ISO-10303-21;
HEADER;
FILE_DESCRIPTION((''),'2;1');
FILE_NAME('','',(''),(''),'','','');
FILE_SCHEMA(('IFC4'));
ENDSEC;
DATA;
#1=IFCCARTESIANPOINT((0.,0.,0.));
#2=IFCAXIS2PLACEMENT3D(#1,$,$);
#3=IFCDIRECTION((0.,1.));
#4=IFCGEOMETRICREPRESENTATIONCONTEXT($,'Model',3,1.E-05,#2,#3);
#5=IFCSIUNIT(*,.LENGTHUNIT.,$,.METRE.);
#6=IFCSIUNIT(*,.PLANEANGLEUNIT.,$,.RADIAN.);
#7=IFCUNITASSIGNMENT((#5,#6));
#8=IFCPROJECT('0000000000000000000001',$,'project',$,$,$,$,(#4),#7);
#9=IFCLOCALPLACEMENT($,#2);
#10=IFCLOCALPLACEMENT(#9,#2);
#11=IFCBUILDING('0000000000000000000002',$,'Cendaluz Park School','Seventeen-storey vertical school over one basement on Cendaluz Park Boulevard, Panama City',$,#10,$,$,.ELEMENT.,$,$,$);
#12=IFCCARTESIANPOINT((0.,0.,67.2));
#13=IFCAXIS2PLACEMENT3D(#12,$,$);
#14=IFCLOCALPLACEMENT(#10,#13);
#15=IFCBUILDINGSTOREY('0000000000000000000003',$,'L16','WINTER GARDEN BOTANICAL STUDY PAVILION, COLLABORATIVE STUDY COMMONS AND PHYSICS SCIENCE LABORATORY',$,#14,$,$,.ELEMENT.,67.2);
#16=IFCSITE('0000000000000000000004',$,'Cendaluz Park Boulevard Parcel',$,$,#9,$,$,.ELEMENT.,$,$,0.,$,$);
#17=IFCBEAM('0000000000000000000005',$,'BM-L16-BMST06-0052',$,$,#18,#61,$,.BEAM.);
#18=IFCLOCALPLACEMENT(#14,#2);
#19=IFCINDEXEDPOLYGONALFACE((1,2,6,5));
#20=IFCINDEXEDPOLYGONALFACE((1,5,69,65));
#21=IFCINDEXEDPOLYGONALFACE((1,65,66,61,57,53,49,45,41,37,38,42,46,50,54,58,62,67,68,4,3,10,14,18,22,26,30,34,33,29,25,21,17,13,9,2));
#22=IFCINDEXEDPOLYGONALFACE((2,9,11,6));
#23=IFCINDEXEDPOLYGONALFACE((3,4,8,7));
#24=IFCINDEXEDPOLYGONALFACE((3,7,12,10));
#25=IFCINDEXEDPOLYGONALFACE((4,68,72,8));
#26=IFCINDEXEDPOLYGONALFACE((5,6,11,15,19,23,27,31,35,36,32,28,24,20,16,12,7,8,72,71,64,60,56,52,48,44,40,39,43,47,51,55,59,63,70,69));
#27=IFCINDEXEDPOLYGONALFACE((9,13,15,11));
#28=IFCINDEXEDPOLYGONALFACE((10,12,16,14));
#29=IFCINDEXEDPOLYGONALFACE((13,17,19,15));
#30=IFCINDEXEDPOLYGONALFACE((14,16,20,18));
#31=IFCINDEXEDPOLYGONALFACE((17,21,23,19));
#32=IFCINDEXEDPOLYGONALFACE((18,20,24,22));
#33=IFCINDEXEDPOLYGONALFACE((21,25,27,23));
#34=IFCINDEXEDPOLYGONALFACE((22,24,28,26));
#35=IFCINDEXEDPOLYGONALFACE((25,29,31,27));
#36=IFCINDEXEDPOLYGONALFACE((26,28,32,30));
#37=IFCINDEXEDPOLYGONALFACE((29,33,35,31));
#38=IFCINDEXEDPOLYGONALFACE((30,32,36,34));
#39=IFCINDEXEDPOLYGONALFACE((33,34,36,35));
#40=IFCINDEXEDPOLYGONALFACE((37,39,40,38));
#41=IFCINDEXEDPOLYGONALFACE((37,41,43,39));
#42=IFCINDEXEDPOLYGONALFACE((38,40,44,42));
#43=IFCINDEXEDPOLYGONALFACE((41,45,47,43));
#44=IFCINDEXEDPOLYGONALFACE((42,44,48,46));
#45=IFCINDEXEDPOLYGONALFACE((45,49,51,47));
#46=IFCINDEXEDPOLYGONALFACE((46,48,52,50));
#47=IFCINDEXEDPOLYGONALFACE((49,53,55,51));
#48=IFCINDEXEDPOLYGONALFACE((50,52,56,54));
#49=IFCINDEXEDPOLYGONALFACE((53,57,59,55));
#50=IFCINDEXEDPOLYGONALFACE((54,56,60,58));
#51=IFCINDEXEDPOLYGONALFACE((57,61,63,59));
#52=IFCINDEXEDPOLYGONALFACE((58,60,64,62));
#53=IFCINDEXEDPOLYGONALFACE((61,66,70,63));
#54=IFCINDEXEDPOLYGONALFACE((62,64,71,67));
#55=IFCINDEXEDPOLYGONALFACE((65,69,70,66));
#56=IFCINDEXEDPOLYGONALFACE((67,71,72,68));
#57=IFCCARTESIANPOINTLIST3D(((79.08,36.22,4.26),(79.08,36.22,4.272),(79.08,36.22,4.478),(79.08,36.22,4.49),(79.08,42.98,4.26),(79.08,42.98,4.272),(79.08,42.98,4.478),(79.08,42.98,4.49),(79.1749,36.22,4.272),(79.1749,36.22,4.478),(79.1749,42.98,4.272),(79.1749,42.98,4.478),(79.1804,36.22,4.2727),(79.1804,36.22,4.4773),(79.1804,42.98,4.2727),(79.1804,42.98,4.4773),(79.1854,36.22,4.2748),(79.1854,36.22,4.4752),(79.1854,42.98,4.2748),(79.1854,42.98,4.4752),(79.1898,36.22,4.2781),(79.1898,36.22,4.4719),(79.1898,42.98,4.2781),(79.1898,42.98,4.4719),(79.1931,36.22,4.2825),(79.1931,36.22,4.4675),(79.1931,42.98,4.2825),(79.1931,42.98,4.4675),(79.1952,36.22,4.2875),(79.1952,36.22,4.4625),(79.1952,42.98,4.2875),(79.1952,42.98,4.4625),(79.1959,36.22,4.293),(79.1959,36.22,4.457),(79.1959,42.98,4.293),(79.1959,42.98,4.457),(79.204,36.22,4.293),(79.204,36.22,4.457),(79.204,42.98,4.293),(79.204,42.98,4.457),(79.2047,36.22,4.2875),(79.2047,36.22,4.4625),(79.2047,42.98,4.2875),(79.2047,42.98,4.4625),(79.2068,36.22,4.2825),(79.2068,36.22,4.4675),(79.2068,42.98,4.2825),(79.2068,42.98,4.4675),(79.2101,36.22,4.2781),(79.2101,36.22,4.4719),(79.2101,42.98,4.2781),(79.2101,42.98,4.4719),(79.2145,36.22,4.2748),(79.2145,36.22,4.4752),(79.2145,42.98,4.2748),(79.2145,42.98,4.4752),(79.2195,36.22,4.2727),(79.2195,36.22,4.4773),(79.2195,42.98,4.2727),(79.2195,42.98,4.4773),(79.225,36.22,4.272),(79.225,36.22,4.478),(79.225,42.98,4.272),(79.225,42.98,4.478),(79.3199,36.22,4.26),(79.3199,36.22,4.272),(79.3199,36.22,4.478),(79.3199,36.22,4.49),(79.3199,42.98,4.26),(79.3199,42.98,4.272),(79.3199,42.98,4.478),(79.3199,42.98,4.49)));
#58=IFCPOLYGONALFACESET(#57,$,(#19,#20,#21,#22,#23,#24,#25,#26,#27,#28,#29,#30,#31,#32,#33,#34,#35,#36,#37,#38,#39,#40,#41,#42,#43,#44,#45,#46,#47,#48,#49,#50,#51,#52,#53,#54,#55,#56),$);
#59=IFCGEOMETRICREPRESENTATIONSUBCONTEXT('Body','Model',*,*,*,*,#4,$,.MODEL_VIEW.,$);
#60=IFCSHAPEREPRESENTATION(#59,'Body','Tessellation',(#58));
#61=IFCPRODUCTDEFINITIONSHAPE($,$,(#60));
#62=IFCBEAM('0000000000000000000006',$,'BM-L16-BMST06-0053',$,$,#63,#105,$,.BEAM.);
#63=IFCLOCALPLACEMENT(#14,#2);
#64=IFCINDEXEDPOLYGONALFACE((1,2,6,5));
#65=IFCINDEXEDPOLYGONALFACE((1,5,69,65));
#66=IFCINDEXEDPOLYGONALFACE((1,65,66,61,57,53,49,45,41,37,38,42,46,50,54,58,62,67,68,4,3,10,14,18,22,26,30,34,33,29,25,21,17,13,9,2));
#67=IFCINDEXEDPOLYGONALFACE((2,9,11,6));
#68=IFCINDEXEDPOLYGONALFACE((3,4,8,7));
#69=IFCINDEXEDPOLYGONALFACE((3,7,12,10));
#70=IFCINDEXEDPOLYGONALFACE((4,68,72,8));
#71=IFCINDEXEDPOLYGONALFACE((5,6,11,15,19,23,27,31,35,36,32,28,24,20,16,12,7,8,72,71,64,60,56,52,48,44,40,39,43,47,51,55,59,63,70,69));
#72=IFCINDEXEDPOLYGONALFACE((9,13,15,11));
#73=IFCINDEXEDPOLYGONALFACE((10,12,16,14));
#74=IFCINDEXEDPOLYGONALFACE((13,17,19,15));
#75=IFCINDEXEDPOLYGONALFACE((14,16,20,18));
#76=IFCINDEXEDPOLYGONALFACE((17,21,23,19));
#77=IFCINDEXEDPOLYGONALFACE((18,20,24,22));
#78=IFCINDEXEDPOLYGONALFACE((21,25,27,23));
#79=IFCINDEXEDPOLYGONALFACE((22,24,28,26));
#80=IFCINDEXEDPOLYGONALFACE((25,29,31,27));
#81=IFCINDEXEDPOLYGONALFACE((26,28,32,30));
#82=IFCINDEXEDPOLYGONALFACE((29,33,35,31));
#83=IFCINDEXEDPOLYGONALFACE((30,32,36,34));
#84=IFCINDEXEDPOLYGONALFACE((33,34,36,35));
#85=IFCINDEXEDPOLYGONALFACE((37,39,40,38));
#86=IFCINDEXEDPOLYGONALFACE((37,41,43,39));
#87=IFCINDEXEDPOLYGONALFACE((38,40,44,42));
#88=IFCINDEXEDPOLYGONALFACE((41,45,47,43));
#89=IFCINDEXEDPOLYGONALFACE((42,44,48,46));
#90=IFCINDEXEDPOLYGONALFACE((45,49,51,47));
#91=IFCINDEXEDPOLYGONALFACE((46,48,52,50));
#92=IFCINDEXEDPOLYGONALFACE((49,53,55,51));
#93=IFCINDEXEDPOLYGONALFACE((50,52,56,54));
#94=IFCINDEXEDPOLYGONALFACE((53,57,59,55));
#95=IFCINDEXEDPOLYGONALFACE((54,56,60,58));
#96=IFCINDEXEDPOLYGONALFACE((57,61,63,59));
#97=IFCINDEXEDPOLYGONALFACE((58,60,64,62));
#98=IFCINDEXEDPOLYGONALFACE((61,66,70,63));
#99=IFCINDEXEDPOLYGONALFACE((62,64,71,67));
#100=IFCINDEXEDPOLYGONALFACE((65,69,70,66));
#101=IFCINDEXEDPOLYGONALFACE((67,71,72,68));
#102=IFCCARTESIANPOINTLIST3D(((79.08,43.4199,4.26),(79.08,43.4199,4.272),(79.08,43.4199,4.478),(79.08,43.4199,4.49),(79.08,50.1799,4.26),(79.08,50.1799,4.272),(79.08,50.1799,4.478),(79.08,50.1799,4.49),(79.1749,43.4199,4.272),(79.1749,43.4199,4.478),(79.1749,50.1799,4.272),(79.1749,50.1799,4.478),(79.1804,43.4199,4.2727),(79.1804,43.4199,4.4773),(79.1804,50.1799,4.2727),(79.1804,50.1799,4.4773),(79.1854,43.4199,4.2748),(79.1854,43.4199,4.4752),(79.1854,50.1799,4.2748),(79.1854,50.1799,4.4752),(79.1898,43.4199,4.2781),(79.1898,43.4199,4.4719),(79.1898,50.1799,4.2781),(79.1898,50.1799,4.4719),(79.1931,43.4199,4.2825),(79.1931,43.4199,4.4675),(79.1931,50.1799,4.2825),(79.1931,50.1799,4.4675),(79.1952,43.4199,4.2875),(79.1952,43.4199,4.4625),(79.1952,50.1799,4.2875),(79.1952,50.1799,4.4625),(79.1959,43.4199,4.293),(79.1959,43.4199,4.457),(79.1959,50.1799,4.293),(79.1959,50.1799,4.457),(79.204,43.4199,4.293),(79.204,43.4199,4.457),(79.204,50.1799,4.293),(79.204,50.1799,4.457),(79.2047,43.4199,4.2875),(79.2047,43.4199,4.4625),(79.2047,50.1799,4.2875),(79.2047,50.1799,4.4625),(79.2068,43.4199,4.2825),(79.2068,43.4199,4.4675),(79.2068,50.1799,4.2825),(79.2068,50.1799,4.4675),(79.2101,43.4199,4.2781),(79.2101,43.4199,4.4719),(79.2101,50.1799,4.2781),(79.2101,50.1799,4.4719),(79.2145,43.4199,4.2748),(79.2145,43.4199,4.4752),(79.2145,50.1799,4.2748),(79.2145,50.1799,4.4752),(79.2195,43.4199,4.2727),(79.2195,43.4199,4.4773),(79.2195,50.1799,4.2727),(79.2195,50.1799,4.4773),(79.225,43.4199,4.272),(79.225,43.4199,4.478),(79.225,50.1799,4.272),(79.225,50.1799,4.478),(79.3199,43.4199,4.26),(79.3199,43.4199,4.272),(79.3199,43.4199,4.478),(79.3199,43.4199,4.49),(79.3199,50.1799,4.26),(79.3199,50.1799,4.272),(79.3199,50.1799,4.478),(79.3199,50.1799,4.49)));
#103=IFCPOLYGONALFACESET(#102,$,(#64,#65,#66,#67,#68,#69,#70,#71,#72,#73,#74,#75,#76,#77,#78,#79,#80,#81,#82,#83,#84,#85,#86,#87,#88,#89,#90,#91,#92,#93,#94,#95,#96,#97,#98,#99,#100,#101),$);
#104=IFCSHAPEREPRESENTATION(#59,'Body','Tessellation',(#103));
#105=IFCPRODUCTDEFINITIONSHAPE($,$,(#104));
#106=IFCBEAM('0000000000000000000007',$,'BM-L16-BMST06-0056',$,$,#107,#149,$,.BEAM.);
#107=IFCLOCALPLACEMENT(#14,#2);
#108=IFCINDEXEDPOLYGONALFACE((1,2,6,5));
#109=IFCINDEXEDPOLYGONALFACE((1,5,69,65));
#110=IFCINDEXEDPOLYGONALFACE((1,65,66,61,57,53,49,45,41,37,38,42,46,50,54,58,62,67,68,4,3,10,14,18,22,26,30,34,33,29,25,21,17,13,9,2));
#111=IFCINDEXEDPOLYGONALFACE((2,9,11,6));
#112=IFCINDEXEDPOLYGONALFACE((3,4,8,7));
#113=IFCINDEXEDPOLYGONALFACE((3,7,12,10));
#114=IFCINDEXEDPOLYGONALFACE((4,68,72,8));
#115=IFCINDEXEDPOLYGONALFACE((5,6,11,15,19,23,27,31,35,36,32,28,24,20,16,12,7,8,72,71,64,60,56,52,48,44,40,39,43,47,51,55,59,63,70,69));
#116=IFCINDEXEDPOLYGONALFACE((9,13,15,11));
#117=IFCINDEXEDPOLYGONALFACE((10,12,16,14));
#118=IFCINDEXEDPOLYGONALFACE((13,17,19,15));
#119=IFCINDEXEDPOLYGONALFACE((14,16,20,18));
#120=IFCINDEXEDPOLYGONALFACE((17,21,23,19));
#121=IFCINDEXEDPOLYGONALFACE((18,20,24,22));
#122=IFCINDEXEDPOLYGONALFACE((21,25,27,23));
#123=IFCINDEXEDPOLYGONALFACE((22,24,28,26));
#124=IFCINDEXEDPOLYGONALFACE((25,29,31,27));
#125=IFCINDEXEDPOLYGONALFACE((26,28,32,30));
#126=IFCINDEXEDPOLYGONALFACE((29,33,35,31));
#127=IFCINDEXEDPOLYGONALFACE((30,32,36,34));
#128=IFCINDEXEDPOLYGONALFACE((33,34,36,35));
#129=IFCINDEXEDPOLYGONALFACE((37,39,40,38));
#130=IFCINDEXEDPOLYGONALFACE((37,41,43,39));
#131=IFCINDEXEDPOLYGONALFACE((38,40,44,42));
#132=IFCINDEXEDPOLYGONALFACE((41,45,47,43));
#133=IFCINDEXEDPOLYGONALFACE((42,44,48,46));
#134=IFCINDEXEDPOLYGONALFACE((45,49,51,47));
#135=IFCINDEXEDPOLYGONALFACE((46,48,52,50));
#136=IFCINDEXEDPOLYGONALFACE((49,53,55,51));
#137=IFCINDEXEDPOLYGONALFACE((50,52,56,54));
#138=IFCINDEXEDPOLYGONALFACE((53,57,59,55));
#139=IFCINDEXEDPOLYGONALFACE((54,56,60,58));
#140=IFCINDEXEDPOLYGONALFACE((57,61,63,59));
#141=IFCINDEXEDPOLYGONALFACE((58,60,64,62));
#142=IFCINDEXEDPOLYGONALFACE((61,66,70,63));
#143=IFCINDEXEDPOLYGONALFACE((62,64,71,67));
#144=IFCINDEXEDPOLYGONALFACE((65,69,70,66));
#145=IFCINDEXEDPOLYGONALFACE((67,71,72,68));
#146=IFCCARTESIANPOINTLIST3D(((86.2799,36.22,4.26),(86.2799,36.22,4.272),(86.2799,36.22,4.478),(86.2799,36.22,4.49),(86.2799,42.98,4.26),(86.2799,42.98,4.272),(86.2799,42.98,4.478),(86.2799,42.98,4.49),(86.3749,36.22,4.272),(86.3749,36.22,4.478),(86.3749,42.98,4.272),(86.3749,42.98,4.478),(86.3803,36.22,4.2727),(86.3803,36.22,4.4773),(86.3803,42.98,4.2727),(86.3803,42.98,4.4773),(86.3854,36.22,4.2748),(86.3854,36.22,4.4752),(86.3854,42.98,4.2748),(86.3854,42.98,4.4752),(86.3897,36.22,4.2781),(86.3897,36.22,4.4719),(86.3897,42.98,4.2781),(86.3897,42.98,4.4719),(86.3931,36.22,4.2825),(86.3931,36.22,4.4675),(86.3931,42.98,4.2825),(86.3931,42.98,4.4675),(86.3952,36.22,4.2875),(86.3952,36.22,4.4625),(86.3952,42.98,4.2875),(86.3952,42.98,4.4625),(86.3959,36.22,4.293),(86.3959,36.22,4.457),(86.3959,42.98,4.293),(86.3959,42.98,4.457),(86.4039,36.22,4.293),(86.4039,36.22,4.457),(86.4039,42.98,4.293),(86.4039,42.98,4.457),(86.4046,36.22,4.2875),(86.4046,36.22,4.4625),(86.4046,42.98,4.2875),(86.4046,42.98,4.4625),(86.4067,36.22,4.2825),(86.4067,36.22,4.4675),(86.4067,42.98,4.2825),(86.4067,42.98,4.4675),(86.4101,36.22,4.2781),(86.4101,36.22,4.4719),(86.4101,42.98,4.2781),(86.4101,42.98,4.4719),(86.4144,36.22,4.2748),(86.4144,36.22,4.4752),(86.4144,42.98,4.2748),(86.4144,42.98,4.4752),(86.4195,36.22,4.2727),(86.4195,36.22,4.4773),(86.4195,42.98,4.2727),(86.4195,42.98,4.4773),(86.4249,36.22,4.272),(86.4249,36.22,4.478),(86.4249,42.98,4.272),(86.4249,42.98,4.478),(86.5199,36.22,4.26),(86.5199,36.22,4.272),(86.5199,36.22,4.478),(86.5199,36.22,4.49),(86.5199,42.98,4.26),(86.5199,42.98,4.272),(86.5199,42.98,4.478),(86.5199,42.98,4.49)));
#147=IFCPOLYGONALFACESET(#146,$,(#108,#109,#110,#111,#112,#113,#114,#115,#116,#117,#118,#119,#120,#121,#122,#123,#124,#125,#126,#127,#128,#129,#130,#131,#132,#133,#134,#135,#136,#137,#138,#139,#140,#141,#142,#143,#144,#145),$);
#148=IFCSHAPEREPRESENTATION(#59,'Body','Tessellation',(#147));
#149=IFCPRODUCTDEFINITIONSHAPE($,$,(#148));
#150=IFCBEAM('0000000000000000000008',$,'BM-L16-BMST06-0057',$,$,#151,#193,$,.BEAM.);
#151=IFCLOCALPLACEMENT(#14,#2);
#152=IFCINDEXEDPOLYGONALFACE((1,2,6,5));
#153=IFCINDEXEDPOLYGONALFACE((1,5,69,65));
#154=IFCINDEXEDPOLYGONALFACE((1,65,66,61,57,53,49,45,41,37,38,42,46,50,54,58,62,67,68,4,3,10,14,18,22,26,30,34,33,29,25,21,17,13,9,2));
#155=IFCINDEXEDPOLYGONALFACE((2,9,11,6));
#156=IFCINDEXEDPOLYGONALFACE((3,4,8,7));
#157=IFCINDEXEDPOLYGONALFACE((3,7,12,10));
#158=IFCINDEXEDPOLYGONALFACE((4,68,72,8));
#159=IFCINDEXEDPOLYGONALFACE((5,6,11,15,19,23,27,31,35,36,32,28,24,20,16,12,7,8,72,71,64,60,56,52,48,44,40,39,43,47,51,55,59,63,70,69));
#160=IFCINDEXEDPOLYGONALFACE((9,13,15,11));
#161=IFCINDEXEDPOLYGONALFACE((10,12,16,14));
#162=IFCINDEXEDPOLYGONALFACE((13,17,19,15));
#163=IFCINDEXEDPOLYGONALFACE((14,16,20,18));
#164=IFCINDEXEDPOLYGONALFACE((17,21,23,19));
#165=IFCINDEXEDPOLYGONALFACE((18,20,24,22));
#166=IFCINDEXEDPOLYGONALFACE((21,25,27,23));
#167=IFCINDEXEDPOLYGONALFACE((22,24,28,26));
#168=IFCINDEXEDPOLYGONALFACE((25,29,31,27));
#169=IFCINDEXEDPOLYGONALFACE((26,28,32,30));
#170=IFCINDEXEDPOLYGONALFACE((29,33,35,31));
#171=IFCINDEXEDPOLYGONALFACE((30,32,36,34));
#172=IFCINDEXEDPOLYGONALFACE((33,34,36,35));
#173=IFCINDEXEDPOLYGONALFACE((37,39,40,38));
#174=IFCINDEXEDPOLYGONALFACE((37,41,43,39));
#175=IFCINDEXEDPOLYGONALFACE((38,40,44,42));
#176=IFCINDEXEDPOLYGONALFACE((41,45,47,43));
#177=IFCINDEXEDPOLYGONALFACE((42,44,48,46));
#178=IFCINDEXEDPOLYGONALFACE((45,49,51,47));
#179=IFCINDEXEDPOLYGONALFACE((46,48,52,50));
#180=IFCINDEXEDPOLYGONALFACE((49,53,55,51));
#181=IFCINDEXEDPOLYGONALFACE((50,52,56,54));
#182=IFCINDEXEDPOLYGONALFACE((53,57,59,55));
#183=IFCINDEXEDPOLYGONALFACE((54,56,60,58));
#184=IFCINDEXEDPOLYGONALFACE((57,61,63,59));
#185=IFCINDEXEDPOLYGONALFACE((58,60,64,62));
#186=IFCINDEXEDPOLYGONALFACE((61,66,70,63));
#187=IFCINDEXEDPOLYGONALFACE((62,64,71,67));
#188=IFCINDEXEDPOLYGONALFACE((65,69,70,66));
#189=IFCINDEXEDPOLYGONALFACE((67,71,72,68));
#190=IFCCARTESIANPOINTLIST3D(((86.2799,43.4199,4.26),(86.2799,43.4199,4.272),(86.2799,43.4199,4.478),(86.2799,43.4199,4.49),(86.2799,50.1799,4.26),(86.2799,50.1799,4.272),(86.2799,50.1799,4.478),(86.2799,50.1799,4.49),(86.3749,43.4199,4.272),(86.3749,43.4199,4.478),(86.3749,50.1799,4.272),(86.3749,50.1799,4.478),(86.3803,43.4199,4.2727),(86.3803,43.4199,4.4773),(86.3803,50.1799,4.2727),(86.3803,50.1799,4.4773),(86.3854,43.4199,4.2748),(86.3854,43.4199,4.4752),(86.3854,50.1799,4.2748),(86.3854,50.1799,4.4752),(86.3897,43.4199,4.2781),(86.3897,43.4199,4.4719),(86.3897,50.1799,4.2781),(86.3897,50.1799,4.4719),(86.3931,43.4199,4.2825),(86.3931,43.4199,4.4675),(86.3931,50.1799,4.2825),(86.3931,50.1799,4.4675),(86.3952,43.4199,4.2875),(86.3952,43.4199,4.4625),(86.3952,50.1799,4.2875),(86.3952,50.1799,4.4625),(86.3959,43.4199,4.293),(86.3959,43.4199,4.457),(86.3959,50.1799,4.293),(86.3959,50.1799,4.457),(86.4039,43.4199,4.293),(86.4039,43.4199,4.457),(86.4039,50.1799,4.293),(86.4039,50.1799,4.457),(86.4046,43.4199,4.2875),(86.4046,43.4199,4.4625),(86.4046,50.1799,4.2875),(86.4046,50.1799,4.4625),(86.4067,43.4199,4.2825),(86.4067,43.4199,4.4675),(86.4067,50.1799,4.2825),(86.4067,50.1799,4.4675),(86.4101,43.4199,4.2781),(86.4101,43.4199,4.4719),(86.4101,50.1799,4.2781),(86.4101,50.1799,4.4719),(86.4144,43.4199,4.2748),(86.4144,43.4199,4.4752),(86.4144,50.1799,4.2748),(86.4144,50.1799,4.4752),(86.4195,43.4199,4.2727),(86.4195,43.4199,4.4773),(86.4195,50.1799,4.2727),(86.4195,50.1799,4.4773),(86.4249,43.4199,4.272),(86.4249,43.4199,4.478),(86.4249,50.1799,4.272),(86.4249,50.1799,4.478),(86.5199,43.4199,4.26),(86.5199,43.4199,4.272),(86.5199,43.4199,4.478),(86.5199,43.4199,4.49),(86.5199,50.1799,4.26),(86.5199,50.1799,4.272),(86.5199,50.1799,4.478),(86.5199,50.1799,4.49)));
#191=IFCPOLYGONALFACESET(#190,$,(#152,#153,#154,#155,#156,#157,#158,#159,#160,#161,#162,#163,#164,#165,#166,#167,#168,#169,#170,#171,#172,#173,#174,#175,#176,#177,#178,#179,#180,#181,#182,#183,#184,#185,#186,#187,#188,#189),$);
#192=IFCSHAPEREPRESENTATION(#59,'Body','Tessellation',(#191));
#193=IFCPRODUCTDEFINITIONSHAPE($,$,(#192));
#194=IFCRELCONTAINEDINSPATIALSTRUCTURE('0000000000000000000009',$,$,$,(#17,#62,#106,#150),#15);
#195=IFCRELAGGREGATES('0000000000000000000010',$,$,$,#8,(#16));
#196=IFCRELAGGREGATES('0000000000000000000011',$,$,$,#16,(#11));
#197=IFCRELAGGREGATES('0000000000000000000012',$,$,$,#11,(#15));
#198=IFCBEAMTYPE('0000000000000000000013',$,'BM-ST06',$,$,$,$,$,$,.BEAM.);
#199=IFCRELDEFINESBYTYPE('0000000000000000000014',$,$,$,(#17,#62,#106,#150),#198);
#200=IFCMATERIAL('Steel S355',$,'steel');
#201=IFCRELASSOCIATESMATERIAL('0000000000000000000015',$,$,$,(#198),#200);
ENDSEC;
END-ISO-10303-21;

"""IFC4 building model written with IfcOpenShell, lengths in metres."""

from ifc_helpers import new_model, si_unit, direction, frame, origin, origin_2d, place, context, subcontext, project, spatial, i_section, extrude, material, material_profile, profile_set, type_object, element, save


model = new_model("IFC4")

# Units and contexts
model_context = context("Model", 3, precision=1e-05, world=origin(), true_north=direction((0.0, 1.0)))
body_context = subcontext(model_context, "Body", "Model", "MODEL_VIEW")
ifc_project = project(units=[si_unit("LENGTHUNIT", "METRE"), si_unit("PLANEANGLEUNIT", "RADIAN")], contexts=[model_context])

# Site, building, storey
site_placement = place(None, origin())
site = spatial("IfcSite", under=ifc_project, at=site_placement, Name="Cendaluz Park Boulevard Parcel", CompositionType="ELEMENT", RefElevation=0.0)
building_placement = place(site_placement, origin())
building = spatial("IfcBuilding", under=site, at=building_placement, Name="Cendaluz Park School", Description="Seventeen-storey vertical school over one basement on Cendaluz Park Boulevard, Panama City", CompositionType="ELEMENT")
storey_placement = place(building_placement, frame((0.0, 0.0, 67.2)))
storey = spatial("IfcBuildingStorey", under=building, at=storey_placement, Name="L16", Description="WINTER GARDEN BOTANICAL STUDY PAVILION, COLLABORATIVE STUDY COMMONS AND PHYSICS SCIENCE LABORATORY", CompositionType="ELEMENT", Elevation=67.2)

# Beams
ifc_material_1 = material(Name="Steel S355", Category="steel")
ifc_material_profile_1 = material_profile(ifc_material_1, i_section(OverallWidth=0.24, OverallDepth=0.23, WebThickness=0.0081, FlangeThickness=0.012, FilletRadius=0.021, at=origin_2d()), Name="HEA 240", Category="steel")
ifc_profile_set_1 = profile_set([ifc_material_profile_1], Name="Steel S355")
beam_type_1 = type_object("IfcBeamType", Name="BM-ST06", PredefinedType="BEAM", material=ifc_profile_set_1)
for number, where, z_axis, x_axis, name in (
    (1, (79.2, 36.22, 4.375), (0.0, 1.0, 0.0), (-1.0, 0.0, 0.0), "BM-L16-BMST06-0052"),
    (2, (79.2, 43.4199, 4.375), (0.0, 1.0, 0.0), (-1.0, 0.0, 0.0), "BM-L16-BMST06-0053"),
    (3, (86.3999, 36.22, 4.375), (0.0, 1.0, 0.0), (-1.0, 0.0, 0.0), "BM-L16-BMST06-0056"),
    (4, (86.3999, 43.4199, 4.375), (0.0, 1.0, 0.0), (-1.0, 0.0, 0.0), "BM-L16-BMST06-0057"),
):
    element("IfcBeam", number, at=place(storey_placement, frame(where, z_axis=z_axis, x_axis=x_axis)), inside=storey, type_object=beam_type_1, Name=name, PredefinedType="BEAM", context=body_context, shape_type="SweptSolid", body=[
        extrude(i_section(OverallWidth=0.24, OverallDepth=0.23, WebThickness=0.0081, FlangeThickness=0.012, FilletRadius=0.021, at=origin_2d()), origin(), (0.0, 0.0, 1.0), 6.76),
    ])

save(model, "model.ifc")
